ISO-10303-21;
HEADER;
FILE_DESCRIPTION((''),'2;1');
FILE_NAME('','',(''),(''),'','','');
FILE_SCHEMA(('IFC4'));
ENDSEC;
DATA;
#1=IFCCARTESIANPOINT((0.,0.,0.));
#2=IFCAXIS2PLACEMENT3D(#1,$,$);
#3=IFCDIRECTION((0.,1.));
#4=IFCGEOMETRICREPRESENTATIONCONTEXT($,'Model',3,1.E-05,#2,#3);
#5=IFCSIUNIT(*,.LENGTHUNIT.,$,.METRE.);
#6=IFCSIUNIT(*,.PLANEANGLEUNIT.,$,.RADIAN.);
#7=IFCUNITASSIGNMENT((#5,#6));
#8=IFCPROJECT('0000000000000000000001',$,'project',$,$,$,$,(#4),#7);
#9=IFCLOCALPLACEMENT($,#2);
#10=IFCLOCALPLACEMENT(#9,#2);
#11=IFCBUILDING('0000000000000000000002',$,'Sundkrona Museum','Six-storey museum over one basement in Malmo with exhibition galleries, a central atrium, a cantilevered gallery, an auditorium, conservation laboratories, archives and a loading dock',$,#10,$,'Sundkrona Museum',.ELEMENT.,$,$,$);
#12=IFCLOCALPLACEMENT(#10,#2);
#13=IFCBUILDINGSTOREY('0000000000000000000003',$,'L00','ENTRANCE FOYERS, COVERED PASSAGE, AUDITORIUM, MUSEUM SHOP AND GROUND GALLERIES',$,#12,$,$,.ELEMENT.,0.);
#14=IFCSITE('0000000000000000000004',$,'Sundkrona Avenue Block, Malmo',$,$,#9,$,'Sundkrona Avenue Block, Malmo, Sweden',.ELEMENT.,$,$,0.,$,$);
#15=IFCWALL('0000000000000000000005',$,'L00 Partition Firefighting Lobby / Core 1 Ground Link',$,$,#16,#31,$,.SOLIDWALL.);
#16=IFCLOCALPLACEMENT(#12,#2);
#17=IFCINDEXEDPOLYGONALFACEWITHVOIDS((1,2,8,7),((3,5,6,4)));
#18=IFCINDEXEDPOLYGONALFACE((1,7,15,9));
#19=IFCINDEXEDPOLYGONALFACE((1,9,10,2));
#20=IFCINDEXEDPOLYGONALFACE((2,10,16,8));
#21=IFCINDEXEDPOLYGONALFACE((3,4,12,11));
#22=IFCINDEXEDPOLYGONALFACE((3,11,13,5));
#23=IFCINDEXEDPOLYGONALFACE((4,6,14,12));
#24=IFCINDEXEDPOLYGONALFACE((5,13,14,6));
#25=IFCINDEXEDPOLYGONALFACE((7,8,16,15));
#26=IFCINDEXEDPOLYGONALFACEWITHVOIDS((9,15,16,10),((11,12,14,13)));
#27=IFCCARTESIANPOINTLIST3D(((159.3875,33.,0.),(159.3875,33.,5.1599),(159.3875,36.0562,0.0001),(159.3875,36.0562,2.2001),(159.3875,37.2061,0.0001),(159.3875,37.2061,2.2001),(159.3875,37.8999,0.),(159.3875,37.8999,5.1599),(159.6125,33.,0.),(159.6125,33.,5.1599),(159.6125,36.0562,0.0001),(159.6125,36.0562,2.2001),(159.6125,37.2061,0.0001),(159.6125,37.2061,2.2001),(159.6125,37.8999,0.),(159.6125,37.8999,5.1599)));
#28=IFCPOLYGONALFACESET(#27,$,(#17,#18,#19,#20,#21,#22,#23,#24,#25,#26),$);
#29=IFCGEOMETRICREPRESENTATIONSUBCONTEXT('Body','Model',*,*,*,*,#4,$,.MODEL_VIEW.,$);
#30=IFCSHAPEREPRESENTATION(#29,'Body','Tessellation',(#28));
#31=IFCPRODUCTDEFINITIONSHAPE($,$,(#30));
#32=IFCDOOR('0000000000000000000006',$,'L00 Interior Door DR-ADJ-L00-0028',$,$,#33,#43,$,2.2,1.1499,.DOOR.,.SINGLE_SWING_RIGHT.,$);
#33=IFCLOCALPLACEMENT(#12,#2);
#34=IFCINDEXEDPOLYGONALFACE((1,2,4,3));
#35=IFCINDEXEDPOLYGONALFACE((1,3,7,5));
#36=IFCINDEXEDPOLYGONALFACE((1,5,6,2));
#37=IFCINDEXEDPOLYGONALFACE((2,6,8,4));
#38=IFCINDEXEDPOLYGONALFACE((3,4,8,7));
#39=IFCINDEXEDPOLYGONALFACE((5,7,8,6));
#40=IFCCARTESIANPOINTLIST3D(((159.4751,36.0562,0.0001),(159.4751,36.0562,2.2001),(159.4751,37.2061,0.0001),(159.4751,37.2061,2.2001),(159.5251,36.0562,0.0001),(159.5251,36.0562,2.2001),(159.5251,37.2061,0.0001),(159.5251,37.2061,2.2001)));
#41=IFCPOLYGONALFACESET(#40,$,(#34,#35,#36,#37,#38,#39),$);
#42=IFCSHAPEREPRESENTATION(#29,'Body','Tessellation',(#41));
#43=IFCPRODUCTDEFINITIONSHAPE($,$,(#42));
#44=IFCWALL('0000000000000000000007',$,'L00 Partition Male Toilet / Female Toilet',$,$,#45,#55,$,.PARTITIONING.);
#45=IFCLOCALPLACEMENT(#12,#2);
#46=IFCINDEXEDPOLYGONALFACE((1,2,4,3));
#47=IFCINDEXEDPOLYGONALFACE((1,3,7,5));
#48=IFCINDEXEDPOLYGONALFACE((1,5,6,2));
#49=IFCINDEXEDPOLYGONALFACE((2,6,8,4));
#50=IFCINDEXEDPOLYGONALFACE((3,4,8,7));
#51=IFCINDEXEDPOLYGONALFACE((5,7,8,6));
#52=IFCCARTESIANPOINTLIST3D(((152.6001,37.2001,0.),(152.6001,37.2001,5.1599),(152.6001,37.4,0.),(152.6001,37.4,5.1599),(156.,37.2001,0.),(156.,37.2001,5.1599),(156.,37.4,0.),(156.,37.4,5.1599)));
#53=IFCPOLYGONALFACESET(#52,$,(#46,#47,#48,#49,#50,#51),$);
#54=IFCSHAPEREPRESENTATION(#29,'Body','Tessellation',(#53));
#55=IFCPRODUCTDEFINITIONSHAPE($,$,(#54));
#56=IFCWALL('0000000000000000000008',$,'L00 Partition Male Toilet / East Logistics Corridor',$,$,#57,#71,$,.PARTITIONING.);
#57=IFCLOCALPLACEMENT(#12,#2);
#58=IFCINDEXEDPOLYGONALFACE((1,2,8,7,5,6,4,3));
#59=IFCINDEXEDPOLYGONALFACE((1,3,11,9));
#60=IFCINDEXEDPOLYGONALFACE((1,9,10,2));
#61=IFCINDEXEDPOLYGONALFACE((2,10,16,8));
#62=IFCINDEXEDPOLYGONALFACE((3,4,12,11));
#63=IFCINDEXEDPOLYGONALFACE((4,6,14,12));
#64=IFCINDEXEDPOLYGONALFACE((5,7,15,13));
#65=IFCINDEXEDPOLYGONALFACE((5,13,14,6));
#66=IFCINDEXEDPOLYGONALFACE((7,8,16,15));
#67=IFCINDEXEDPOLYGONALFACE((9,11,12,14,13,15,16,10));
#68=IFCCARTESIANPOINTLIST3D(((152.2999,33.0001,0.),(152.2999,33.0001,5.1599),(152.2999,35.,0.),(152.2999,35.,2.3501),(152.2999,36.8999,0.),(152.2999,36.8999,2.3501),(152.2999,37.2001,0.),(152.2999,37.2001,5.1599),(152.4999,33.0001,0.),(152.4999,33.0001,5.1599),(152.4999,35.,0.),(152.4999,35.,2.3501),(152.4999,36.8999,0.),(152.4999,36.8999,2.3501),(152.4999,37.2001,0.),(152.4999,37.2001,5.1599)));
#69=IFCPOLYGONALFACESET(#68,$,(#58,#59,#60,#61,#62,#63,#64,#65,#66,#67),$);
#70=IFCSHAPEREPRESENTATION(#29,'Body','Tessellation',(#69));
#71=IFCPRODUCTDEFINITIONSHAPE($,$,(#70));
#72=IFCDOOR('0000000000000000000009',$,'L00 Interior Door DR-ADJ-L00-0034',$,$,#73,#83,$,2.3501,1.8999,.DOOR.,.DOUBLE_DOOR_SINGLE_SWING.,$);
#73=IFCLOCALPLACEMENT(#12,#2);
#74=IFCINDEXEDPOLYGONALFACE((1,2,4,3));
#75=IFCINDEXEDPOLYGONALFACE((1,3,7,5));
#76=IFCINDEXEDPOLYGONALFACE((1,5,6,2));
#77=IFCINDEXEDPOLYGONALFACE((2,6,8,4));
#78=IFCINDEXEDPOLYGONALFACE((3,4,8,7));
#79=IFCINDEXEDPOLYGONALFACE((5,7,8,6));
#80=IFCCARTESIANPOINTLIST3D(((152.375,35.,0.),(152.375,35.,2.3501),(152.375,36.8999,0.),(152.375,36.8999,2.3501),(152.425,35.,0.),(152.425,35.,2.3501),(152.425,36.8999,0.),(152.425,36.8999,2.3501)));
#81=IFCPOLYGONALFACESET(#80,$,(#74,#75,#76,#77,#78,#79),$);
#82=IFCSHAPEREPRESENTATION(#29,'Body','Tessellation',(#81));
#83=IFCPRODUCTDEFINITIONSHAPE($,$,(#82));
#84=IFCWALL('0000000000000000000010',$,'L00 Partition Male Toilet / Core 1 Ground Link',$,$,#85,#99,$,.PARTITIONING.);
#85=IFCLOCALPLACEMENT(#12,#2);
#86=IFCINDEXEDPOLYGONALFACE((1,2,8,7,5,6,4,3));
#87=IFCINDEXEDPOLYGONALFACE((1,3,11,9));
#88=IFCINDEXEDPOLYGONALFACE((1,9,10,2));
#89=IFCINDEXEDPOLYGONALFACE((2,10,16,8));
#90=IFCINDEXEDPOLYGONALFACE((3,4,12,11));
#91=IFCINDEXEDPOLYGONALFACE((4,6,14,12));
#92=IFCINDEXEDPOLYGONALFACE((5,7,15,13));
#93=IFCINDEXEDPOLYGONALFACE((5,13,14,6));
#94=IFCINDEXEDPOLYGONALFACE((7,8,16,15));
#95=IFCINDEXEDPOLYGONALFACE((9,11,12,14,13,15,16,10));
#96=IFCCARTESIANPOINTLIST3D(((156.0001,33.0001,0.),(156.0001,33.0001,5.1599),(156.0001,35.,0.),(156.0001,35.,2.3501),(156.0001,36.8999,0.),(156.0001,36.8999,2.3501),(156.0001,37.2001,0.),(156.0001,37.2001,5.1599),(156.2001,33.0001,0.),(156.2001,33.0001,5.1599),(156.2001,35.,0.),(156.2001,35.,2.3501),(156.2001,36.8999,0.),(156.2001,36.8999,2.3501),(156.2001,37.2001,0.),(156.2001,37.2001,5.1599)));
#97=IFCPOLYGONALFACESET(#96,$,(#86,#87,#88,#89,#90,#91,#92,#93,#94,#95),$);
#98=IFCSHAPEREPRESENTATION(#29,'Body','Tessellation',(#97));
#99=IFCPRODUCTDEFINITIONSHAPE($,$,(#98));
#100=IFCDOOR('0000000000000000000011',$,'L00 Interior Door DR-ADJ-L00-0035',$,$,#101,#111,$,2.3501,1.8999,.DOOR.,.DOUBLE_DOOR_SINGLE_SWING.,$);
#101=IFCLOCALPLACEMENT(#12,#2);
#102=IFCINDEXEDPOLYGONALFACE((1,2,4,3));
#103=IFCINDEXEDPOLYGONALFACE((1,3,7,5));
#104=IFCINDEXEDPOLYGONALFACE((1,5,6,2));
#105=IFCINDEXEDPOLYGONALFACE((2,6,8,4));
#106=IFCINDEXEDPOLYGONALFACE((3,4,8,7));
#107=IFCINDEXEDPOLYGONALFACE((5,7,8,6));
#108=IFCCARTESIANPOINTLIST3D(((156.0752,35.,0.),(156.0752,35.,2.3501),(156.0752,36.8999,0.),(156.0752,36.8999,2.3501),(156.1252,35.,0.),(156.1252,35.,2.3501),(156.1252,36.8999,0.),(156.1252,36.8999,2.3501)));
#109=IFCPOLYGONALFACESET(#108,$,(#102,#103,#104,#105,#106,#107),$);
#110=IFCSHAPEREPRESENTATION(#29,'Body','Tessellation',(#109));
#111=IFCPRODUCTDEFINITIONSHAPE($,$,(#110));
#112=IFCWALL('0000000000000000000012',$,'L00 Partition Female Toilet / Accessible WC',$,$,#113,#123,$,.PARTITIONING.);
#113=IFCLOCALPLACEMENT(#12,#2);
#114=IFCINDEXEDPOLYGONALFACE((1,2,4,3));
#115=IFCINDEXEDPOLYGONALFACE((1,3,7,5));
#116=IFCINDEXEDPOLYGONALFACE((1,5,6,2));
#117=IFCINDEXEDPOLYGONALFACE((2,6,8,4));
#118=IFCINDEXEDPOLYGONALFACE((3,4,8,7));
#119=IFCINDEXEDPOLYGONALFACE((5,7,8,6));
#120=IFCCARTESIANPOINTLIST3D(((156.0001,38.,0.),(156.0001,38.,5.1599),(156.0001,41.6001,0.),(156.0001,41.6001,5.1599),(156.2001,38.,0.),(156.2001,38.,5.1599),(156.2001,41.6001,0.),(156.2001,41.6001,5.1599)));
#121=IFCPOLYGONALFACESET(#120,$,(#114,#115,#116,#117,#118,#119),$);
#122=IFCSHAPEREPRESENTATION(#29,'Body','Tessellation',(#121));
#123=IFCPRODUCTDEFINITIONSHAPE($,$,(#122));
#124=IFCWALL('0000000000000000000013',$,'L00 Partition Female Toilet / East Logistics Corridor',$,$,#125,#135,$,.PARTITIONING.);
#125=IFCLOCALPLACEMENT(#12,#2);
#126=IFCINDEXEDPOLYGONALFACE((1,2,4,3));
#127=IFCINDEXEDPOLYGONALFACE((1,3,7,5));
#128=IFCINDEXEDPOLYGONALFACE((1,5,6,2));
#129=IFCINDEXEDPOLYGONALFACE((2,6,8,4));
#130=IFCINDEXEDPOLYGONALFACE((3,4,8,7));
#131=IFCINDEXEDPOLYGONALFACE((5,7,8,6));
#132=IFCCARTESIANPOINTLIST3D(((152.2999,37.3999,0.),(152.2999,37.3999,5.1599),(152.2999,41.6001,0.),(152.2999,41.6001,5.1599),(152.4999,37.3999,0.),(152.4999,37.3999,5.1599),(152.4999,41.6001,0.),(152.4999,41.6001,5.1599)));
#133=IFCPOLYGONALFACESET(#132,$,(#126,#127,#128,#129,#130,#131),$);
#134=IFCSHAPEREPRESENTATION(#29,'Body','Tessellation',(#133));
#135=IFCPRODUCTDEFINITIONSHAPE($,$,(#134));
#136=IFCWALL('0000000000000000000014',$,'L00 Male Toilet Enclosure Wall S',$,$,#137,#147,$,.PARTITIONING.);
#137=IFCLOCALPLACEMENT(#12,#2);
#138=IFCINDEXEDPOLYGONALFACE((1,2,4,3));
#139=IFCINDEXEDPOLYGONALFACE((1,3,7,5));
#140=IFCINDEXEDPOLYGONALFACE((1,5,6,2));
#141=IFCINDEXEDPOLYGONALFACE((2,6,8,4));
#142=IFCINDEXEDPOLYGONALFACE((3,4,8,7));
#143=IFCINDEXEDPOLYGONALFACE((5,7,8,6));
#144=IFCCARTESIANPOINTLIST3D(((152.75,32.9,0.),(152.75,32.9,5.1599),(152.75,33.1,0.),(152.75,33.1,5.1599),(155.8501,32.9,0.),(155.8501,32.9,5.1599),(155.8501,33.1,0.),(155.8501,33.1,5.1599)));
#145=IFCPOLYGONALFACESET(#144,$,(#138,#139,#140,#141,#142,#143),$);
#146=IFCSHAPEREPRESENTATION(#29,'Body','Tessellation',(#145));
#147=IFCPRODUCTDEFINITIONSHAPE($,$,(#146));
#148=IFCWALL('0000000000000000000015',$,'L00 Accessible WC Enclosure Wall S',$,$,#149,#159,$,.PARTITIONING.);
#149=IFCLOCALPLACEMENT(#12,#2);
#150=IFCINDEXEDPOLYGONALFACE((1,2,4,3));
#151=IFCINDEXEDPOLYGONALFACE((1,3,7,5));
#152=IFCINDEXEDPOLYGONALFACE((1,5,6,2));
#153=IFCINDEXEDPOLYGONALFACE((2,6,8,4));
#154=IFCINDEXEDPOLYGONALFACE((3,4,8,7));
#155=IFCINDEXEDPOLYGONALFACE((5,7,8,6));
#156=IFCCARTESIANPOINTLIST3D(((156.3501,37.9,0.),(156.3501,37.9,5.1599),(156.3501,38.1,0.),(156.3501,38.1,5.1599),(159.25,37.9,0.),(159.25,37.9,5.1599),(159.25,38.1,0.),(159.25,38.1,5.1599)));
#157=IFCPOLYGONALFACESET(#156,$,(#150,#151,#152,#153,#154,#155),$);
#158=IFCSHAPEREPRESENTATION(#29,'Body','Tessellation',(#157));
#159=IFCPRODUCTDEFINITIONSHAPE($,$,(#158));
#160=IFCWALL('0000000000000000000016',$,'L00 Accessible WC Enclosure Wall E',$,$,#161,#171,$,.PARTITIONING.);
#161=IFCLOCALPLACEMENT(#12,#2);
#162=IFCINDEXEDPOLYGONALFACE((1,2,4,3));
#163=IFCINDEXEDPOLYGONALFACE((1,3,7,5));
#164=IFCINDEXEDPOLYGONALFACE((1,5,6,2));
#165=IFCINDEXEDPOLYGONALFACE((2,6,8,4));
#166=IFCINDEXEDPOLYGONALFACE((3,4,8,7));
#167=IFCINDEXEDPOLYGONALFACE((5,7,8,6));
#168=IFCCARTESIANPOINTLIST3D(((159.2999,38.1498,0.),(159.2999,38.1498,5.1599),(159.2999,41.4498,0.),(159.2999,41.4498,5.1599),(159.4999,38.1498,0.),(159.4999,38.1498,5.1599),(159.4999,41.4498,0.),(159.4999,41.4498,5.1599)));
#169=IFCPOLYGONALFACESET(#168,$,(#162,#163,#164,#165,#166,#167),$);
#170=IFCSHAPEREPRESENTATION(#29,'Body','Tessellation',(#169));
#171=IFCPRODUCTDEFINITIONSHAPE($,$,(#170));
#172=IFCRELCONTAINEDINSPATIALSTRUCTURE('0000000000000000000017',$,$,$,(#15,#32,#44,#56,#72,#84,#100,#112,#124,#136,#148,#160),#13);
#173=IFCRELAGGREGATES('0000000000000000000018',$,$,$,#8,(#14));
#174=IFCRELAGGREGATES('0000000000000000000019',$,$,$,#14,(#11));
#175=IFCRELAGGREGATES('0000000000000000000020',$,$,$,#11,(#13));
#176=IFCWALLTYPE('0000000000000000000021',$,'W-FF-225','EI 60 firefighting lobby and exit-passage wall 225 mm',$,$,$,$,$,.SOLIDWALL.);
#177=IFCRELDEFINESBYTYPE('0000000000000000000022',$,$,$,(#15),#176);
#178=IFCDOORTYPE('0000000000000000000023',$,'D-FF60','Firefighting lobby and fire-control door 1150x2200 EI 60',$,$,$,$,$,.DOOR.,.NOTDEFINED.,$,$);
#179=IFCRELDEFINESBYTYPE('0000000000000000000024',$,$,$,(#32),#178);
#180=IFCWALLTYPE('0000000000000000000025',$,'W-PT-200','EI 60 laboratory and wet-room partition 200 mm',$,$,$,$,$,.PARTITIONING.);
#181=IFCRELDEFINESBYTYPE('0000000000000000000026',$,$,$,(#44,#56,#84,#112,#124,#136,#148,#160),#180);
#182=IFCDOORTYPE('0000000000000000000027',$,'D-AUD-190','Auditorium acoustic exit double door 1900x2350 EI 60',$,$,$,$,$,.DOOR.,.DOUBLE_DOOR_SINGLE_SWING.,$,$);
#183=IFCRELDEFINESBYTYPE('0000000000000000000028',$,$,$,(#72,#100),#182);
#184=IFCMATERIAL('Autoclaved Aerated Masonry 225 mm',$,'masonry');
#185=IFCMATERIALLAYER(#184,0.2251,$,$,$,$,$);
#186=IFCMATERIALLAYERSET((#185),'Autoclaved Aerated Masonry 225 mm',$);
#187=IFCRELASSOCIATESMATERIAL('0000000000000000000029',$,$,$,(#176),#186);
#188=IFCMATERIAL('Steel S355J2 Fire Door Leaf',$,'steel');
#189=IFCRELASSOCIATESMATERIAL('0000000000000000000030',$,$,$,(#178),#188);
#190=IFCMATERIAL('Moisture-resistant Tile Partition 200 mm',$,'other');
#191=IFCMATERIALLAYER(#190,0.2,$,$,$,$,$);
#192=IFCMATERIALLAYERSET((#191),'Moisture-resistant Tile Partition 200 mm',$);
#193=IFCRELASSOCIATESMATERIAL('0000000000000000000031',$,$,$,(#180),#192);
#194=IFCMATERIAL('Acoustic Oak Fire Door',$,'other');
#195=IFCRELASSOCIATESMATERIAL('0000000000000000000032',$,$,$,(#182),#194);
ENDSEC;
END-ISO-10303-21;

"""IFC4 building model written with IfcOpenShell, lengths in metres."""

from ifc_helpers import new_model, si_unit, direction, frame, frame_2d, origin, place, context, subcontext, project, spatial, rectangle, extrude, material, layer, layer_set, type_object, element, fill, save


model = new_model("IFC4")

# Units and contexts
model_context = context("Model", 3, precision=1e-05, world=origin(), true_north=direction((0.0, 1.0)))
body_context = subcontext(model_context, "Body", "Model", "MODEL_VIEW")
ifc_project = project(units=[si_unit("LENGTHUNIT", "METRE"), si_unit("PLANEANGLEUNIT", "RADIAN")], contexts=[model_context])

# Site, building, storey
site_placement = place(None, origin())
site = spatial("IfcSite", under=ifc_project, at=site_placement, Name="Sundkrona Avenue Block, Malmo", LongName="Sundkrona Avenue Block, Malmo, Sweden", CompositionType="ELEMENT", RefElevation=0.0)
building_placement = place(site_placement, origin())
building = spatial("IfcBuilding", under=site, at=building_placement, Name="Sundkrona Museum", Description="Six-storey museum over one basement in Malmo with exhibition galleries, a central atrium, a cantilevered gallery, an auditorium, conservation laboratories, archives and a loading dock", LongName="Sundkrona Museum", CompositionType="ELEMENT")
storey_placement = place(building_placement, origin())
storey = spatial("IfcBuildingStorey", under=building, at=storey_placement, Name="L00", Description="ENTRANCE FOYERS, COVERED PASSAGE, AUDITORIUM, MUSEUM SHOP AND GROUND GALLERIES", CompositionType="ELEMENT", Elevation=0.0)

# Shared definitions
ifc_material_1 = material(Name="Steel S355J2 Fire Door Leaf", Category="steel")

# Wall, opening, door
ifc_material_2 = material(Name="Autoclaved Aerated Masonry 225 mm", Category="masonry")
ifc_layer_1 = layer(ifc_material_2, 0.2251)
ifc_layer_set_1 = layer_set([ifc_layer_1], Name="Autoclaved Aerated Masonry 225 mm")
wall_type_1 = type_object("IfcWallType", Name="W-FF-225", Description="EI 60 firefighting lobby and exit-passage wall 225 mm", PredefinedType="SOLIDWALL", material=ifc_layer_set_1)
door_type_1 = type_object("IfcDoorType", Name="D-FF60", Description="Firefighting lobby and fire-control door 1150x2200 EI 60", OperationType="NOTDEFINED", PredefinedType="DOOR", material=ifc_material_1)
wall_1_placement = place(storey_placement, frame((159.5, 33.0, 0.0), z_axis=(0.0, 0.0, 1.0), x_axis=(0.0, 1.0, 0.0)))
wall_1 = element("IfcWall", 1, at=wall_1_placement, inside=storey, type_object=wall_type_1, Name="L00 Partition Firefighting Lobby / Core 1 Ground Link", PredefinedType="SOLIDWALL", context=body_context, shape_type="SweptSolid", body=[
    extrude(rectangle(XDim=4.8999, YDim=0.2251, at=frame_2d((2.45, 0.0))), origin(), (0.0, 0.0, 1.0), 5.1599),
])
opening_1_placement = place(wall_1_placement, frame((3.0562, 0.0, 0.0)))
opening_1 = element("IfcOpeningElement", 2, at=opening_1_placement, cuts=wall_1, PredefinedType="OPENING", context=body_context, shape_type="SweptSolid", body=[
    extrude(rectangle(XDim=1.1499, YDim=2.2, at=frame_2d((0.575, 1.1001))), frame((0.0, 0.1226, 0.0), z_axis=(0.0, -1.0, 0.0), x_axis=(1.0, 0.0, 0.0)), (0.0, 0.0, 1.0), 0.2451),
])
door_1_placement = place(opening_1_placement, origin())
door_1 = element("IfcDoor", 3, at=door_1_placement, inside=storey, type_object=door_type_1, Name="L00 Interior Door DR-ADJ-L00-0028", OperationType="SINGLE_SWING_RIGHT", OverallHeight=2.2, OverallWidth=1.1499, PredefinedType="DOOR", context=body_context, shape_type="SweptSolid", body=[
    extrude(rectangle(XDim=1.1499, YDim=2.2, at=frame_2d((0.575, 1.1001))), frame((0.0, 0.0249, 0.0), z_axis=(0.0, -1.0, 0.0), x_axis=(1.0, 0.0, 0.0)), (0.0, 0.0, 1.0), 0.05),
])
fill(opening_1, door_1)

# Wall
ifc_material_3 = material(Name="Moisture-resistant Tile Partition 200 mm", Category="other")
ifc_layer_2 = layer(ifc_material_3, 0.2)
ifc_layer_set_2 = layer_set([ifc_layer_2], Name="Moisture-resistant Tile Partition 200 mm")
wall_type_2 = type_object("IfcWallType", Name="W-PT-200", Description="EI 60 laboratory and wet-room partition 200 mm", PredefinedType="PARTITIONING", material=ifc_layer_set_2)
wall_2_placement = place(storey_placement, frame((152.6001, 37.3, 0.0), z_axis=(0.0, 0.0, 1.0), x_axis=(1.0, 0.0, 0.0)))
element("IfcWall", 4, at=wall_2_placement, inside=storey, type_object=wall_type_2, Name="L00 Partition Male Toilet / Female Toilet", PredefinedType="PARTITIONING", context=body_context, shape_type="SweptSolid", body=[
    extrude(rectangle(XDim=3.3999, YDim=0.2, at=frame_2d((1.7, 0.0))), origin(), (0.0, 0.0, 1.0), 5.1599),
])

# Walls, openings, doors
wall_3_placement = place(storey_placement, frame((152.3999, 33.0, 0.0), z_axis=(0.0, 0.0, 1.0), x_axis=(0.0, 1.0, 0.0)))
wall_3 = element("IfcWall", 5, at=wall_3_placement, inside=storey, type_object=wall_type_2, Name="L00 Partition Male Toilet / East Logistics Corridor", PredefinedType="PARTITIONING", context=body_context, shape_type="SweptSolid", body=[
    extrude(rectangle(XDim=4.2, YDim=0.2, at=frame_2d((2.1001, 0.0))), origin(), (0.0, 0.0, 1.0), 5.1599),
])
opening_2_placement = place(wall_3_placement, frame((2.0, 0.0, 0.0)))
opening_2 = element("IfcOpeningElement", 6, at=opening_2_placement, cuts=wall_3, PredefinedType="OPENING", context=body_context, shape_type="SweptSolid", body=[
    extrude(rectangle(XDim=1.8999, YDim=2.3501, at=frame_2d((0.95, 1.175))), frame((0.0, 0.1099, 0.0), z_axis=(0.0, -1.0, 0.0), x_axis=(1.0, 0.0, 0.0)), (0.0, 0.0, 1.0), 0.22),
])
ifc_material_4 = material(Name="Acoustic Oak Fire Door", Category="other")
door_type_2 = type_object("IfcDoorType", Name="D-AUD-190", Description="Auditorium acoustic exit double door 1900x2350 EI 60", OperationType="DOUBLE_DOOR_SINGLE_SWING", PredefinedType="DOOR", material=ifc_material_4)
door_2_placement = place(opening_2_placement, origin())
door_2 = element("IfcDoor", 7, at=door_2_placement, inside=storey, type_object=door_type_2, Name="L00 Interior Door DR-ADJ-L00-0034", OperationType="DOUBLE_DOOR_SINGLE_SWING", OverallHeight=2.3501, OverallWidth=1.8999, PredefinedType="DOOR", context=body_context, shape_type="SweptSolid", body=[
    extrude(rectangle(XDim=1.8999, YDim=2.3501, at=frame_2d((0.95, 1.175))), frame((0.0, 0.0249, 0.0), z_axis=(0.0, -1.0, 0.0), x_axis=(1.0, 0.0, 0.0)), (0.0, 0.0, 1.0), 0.05),
])
fill(opening_2, door_2)
wall_4_placement = place(storey_placement, frame((156.1001, 33.0, 0.0), z_axis=(0.0, 0.0, 1.0), x_axis=(0.0, 1.0, 0.0)))
wall_4 = element("IfcWall", 8, at=wall_4_placement, inside=storey, type_object=wall_type_2, Name="L00 Partition Male Toilet / Core 1 Ground Link", PredefinedType="PARTITIONING", context=body_context, shape_type="SweptSolid", body=[
    extrude(rectangle(XDim=4.2, YDim=0.2, at=frame_2d((2.1001, 0.0))), origin(), (0.0, 0.0, 1.0), 5.1599),
])
opening_3_placement = place(wall_4_placement, frame((2.0, 0.0, 0.0)))
opening_3 = element("IfcOpeningElement", 9, at=opening_3_placement, cuts=wall_4, PredefinedType="OPENING", context=body_context, shape_type="SweptSolid", body=[
    extrude(rectangle(XDim=1.8999, YDim=2.3501, at=frame_2d((0.95, 1.175))), frame((0.0, 0.1099, 0.0), z_axis=(0.0, -1.0, 0.0), x_axis=(1.0, 0.0, 0.0)), (0.0, 0.0, 1.0), 0.22),
])
door_3_placement = place(opening_3_placement, origin())
door_3 = element("IfcDoor", 10, at=door_3_placement, inside=storey, type_object=door_type_2, Name="L00 Interior Door DR-ADJ-L00-0035", OperationType="DOUBLE_DOOR_SINGLE_SWING", OverallHeight=2.3501, OverallWidth=1.8999, PredefinedType="DOOR", context=body_context, shape_type="SweptSolid", body=[
    extrude(rectangle(XDim=1.8999, YDim=2.3501, at=frame_2d((0.95, 1.175))), frame((0.0, 0.0249, 0.0), z_axis=(0.0, -1.0, 0.0), x_axis=(1.0, 0.0, 0.0)), (0.0, 0.0, 1.0), 0.05),
])
fill(opening_3, door_3)

# Walls
wall_5_placement = place(storey_placement, frame((156.1001, 38.0, 0.0), z_axis=(0.0, 0.0, 1.0), x_axis=(0.0, 1.0, 0.0)))
element("IfcWall", 11, at=wall_5_placement, inside=storey, type_object=wall_type_2, Name="L00 Partition Female Toilet / Accessible WC", PredefinedType="PARTITIONING", context=body_context, shape_type="SweptSolid", body=[
    extrude(rectangle(XDim=3.6001, YDim=0.2, at=frame_2d((1.8, 0.0))), origin(), (0.0, 0.0, 1.0), 5.1599),
])
wall_6_placement = place(storey_placement, frame((152.3999, 37.3999, 0.0), z_axis=(0.0, 0.0, 1.0), x_axis=(0.0, 1.0, 0.0)))
element("IfcWall", 12, at=wall_6_placement, inside=storey, type_object=wall_type_2, Name="L00 Partition Female Toilet / East Logistics Corridor", PredefinedType="PARTITIONING", context=body_context, shape_type="SweptSolid", body=[
    extrude(rectangle(XDim=4.2002, YDim=0.2, at=frame_2d((2.1001, 0.0))), origin(), (0.0, 0.0, 1.0), 5.1599),
])
wall_7_placement = place(storey_placement, frame((152.75, 33.0, 0.0), z_axis=(0.0, 0.0, 1.0), x_axis=(1.0, 0.0, 0.0)))
element("IfcWall", 13, at=wall_7_placement, inside=storey, type_object=wall_type_2, Name="L00 Male Toilet Enclosure Wall S", PredefinedType="PARTITIONING", context=body_context, shape_type="SweptSolid", body=[
    extrude(rectangle(XDim=3.1001, YDim=0.2, at=frame_2d((1.55, 0.0))), origin(), (0.0, 0.0, 1.0), 5.1599),
])
wall_8_placement = place(storey_placement, frame((156.3501, 38.0, 0.0), z_axis=(0.0, 0.0, 1.0), x_axis=(1.0, 0.0, 0.0)))
element("IfcWall", 14, at=wall_8_placement, inside=storey, type_object=wall_type_2, Name="L00 Accessible WC Enclosure Wall S", PredefinedType="PARTITIONING", context=body_context, shape_type="SweptSolid", body=[
    extrude(rectangle(XDim=2.8999, YDim=0.2, at=frame_2d((1.45, 0.0))), origin(), (0.0, 0.0, 1.0), 5.1599),
])
wall_9_placement = place(storey_placement, frame((159.3999, 38.1499, 0.0), z_axis=(0.0, 0.0, 1.0), x_axis=(0.0, 1.0, 0.0)))
element("IfcWall", 15, at=wall_9_placement, inside=storey, type_object=wall_type_2, Name="L00 Accessible WC Enclosure Wall E", PredefinedType="PARTITIONING", context=body_context, shape_type="SweptSolid", body=[
    extrude(rectangle(XDim=3.3, YDim=0.2, at=frame_2d((1.6499, 0.0))), origin(), (0.0, 0.0, 1.0), 5.1599),
])

save(model, "model.ifc")
